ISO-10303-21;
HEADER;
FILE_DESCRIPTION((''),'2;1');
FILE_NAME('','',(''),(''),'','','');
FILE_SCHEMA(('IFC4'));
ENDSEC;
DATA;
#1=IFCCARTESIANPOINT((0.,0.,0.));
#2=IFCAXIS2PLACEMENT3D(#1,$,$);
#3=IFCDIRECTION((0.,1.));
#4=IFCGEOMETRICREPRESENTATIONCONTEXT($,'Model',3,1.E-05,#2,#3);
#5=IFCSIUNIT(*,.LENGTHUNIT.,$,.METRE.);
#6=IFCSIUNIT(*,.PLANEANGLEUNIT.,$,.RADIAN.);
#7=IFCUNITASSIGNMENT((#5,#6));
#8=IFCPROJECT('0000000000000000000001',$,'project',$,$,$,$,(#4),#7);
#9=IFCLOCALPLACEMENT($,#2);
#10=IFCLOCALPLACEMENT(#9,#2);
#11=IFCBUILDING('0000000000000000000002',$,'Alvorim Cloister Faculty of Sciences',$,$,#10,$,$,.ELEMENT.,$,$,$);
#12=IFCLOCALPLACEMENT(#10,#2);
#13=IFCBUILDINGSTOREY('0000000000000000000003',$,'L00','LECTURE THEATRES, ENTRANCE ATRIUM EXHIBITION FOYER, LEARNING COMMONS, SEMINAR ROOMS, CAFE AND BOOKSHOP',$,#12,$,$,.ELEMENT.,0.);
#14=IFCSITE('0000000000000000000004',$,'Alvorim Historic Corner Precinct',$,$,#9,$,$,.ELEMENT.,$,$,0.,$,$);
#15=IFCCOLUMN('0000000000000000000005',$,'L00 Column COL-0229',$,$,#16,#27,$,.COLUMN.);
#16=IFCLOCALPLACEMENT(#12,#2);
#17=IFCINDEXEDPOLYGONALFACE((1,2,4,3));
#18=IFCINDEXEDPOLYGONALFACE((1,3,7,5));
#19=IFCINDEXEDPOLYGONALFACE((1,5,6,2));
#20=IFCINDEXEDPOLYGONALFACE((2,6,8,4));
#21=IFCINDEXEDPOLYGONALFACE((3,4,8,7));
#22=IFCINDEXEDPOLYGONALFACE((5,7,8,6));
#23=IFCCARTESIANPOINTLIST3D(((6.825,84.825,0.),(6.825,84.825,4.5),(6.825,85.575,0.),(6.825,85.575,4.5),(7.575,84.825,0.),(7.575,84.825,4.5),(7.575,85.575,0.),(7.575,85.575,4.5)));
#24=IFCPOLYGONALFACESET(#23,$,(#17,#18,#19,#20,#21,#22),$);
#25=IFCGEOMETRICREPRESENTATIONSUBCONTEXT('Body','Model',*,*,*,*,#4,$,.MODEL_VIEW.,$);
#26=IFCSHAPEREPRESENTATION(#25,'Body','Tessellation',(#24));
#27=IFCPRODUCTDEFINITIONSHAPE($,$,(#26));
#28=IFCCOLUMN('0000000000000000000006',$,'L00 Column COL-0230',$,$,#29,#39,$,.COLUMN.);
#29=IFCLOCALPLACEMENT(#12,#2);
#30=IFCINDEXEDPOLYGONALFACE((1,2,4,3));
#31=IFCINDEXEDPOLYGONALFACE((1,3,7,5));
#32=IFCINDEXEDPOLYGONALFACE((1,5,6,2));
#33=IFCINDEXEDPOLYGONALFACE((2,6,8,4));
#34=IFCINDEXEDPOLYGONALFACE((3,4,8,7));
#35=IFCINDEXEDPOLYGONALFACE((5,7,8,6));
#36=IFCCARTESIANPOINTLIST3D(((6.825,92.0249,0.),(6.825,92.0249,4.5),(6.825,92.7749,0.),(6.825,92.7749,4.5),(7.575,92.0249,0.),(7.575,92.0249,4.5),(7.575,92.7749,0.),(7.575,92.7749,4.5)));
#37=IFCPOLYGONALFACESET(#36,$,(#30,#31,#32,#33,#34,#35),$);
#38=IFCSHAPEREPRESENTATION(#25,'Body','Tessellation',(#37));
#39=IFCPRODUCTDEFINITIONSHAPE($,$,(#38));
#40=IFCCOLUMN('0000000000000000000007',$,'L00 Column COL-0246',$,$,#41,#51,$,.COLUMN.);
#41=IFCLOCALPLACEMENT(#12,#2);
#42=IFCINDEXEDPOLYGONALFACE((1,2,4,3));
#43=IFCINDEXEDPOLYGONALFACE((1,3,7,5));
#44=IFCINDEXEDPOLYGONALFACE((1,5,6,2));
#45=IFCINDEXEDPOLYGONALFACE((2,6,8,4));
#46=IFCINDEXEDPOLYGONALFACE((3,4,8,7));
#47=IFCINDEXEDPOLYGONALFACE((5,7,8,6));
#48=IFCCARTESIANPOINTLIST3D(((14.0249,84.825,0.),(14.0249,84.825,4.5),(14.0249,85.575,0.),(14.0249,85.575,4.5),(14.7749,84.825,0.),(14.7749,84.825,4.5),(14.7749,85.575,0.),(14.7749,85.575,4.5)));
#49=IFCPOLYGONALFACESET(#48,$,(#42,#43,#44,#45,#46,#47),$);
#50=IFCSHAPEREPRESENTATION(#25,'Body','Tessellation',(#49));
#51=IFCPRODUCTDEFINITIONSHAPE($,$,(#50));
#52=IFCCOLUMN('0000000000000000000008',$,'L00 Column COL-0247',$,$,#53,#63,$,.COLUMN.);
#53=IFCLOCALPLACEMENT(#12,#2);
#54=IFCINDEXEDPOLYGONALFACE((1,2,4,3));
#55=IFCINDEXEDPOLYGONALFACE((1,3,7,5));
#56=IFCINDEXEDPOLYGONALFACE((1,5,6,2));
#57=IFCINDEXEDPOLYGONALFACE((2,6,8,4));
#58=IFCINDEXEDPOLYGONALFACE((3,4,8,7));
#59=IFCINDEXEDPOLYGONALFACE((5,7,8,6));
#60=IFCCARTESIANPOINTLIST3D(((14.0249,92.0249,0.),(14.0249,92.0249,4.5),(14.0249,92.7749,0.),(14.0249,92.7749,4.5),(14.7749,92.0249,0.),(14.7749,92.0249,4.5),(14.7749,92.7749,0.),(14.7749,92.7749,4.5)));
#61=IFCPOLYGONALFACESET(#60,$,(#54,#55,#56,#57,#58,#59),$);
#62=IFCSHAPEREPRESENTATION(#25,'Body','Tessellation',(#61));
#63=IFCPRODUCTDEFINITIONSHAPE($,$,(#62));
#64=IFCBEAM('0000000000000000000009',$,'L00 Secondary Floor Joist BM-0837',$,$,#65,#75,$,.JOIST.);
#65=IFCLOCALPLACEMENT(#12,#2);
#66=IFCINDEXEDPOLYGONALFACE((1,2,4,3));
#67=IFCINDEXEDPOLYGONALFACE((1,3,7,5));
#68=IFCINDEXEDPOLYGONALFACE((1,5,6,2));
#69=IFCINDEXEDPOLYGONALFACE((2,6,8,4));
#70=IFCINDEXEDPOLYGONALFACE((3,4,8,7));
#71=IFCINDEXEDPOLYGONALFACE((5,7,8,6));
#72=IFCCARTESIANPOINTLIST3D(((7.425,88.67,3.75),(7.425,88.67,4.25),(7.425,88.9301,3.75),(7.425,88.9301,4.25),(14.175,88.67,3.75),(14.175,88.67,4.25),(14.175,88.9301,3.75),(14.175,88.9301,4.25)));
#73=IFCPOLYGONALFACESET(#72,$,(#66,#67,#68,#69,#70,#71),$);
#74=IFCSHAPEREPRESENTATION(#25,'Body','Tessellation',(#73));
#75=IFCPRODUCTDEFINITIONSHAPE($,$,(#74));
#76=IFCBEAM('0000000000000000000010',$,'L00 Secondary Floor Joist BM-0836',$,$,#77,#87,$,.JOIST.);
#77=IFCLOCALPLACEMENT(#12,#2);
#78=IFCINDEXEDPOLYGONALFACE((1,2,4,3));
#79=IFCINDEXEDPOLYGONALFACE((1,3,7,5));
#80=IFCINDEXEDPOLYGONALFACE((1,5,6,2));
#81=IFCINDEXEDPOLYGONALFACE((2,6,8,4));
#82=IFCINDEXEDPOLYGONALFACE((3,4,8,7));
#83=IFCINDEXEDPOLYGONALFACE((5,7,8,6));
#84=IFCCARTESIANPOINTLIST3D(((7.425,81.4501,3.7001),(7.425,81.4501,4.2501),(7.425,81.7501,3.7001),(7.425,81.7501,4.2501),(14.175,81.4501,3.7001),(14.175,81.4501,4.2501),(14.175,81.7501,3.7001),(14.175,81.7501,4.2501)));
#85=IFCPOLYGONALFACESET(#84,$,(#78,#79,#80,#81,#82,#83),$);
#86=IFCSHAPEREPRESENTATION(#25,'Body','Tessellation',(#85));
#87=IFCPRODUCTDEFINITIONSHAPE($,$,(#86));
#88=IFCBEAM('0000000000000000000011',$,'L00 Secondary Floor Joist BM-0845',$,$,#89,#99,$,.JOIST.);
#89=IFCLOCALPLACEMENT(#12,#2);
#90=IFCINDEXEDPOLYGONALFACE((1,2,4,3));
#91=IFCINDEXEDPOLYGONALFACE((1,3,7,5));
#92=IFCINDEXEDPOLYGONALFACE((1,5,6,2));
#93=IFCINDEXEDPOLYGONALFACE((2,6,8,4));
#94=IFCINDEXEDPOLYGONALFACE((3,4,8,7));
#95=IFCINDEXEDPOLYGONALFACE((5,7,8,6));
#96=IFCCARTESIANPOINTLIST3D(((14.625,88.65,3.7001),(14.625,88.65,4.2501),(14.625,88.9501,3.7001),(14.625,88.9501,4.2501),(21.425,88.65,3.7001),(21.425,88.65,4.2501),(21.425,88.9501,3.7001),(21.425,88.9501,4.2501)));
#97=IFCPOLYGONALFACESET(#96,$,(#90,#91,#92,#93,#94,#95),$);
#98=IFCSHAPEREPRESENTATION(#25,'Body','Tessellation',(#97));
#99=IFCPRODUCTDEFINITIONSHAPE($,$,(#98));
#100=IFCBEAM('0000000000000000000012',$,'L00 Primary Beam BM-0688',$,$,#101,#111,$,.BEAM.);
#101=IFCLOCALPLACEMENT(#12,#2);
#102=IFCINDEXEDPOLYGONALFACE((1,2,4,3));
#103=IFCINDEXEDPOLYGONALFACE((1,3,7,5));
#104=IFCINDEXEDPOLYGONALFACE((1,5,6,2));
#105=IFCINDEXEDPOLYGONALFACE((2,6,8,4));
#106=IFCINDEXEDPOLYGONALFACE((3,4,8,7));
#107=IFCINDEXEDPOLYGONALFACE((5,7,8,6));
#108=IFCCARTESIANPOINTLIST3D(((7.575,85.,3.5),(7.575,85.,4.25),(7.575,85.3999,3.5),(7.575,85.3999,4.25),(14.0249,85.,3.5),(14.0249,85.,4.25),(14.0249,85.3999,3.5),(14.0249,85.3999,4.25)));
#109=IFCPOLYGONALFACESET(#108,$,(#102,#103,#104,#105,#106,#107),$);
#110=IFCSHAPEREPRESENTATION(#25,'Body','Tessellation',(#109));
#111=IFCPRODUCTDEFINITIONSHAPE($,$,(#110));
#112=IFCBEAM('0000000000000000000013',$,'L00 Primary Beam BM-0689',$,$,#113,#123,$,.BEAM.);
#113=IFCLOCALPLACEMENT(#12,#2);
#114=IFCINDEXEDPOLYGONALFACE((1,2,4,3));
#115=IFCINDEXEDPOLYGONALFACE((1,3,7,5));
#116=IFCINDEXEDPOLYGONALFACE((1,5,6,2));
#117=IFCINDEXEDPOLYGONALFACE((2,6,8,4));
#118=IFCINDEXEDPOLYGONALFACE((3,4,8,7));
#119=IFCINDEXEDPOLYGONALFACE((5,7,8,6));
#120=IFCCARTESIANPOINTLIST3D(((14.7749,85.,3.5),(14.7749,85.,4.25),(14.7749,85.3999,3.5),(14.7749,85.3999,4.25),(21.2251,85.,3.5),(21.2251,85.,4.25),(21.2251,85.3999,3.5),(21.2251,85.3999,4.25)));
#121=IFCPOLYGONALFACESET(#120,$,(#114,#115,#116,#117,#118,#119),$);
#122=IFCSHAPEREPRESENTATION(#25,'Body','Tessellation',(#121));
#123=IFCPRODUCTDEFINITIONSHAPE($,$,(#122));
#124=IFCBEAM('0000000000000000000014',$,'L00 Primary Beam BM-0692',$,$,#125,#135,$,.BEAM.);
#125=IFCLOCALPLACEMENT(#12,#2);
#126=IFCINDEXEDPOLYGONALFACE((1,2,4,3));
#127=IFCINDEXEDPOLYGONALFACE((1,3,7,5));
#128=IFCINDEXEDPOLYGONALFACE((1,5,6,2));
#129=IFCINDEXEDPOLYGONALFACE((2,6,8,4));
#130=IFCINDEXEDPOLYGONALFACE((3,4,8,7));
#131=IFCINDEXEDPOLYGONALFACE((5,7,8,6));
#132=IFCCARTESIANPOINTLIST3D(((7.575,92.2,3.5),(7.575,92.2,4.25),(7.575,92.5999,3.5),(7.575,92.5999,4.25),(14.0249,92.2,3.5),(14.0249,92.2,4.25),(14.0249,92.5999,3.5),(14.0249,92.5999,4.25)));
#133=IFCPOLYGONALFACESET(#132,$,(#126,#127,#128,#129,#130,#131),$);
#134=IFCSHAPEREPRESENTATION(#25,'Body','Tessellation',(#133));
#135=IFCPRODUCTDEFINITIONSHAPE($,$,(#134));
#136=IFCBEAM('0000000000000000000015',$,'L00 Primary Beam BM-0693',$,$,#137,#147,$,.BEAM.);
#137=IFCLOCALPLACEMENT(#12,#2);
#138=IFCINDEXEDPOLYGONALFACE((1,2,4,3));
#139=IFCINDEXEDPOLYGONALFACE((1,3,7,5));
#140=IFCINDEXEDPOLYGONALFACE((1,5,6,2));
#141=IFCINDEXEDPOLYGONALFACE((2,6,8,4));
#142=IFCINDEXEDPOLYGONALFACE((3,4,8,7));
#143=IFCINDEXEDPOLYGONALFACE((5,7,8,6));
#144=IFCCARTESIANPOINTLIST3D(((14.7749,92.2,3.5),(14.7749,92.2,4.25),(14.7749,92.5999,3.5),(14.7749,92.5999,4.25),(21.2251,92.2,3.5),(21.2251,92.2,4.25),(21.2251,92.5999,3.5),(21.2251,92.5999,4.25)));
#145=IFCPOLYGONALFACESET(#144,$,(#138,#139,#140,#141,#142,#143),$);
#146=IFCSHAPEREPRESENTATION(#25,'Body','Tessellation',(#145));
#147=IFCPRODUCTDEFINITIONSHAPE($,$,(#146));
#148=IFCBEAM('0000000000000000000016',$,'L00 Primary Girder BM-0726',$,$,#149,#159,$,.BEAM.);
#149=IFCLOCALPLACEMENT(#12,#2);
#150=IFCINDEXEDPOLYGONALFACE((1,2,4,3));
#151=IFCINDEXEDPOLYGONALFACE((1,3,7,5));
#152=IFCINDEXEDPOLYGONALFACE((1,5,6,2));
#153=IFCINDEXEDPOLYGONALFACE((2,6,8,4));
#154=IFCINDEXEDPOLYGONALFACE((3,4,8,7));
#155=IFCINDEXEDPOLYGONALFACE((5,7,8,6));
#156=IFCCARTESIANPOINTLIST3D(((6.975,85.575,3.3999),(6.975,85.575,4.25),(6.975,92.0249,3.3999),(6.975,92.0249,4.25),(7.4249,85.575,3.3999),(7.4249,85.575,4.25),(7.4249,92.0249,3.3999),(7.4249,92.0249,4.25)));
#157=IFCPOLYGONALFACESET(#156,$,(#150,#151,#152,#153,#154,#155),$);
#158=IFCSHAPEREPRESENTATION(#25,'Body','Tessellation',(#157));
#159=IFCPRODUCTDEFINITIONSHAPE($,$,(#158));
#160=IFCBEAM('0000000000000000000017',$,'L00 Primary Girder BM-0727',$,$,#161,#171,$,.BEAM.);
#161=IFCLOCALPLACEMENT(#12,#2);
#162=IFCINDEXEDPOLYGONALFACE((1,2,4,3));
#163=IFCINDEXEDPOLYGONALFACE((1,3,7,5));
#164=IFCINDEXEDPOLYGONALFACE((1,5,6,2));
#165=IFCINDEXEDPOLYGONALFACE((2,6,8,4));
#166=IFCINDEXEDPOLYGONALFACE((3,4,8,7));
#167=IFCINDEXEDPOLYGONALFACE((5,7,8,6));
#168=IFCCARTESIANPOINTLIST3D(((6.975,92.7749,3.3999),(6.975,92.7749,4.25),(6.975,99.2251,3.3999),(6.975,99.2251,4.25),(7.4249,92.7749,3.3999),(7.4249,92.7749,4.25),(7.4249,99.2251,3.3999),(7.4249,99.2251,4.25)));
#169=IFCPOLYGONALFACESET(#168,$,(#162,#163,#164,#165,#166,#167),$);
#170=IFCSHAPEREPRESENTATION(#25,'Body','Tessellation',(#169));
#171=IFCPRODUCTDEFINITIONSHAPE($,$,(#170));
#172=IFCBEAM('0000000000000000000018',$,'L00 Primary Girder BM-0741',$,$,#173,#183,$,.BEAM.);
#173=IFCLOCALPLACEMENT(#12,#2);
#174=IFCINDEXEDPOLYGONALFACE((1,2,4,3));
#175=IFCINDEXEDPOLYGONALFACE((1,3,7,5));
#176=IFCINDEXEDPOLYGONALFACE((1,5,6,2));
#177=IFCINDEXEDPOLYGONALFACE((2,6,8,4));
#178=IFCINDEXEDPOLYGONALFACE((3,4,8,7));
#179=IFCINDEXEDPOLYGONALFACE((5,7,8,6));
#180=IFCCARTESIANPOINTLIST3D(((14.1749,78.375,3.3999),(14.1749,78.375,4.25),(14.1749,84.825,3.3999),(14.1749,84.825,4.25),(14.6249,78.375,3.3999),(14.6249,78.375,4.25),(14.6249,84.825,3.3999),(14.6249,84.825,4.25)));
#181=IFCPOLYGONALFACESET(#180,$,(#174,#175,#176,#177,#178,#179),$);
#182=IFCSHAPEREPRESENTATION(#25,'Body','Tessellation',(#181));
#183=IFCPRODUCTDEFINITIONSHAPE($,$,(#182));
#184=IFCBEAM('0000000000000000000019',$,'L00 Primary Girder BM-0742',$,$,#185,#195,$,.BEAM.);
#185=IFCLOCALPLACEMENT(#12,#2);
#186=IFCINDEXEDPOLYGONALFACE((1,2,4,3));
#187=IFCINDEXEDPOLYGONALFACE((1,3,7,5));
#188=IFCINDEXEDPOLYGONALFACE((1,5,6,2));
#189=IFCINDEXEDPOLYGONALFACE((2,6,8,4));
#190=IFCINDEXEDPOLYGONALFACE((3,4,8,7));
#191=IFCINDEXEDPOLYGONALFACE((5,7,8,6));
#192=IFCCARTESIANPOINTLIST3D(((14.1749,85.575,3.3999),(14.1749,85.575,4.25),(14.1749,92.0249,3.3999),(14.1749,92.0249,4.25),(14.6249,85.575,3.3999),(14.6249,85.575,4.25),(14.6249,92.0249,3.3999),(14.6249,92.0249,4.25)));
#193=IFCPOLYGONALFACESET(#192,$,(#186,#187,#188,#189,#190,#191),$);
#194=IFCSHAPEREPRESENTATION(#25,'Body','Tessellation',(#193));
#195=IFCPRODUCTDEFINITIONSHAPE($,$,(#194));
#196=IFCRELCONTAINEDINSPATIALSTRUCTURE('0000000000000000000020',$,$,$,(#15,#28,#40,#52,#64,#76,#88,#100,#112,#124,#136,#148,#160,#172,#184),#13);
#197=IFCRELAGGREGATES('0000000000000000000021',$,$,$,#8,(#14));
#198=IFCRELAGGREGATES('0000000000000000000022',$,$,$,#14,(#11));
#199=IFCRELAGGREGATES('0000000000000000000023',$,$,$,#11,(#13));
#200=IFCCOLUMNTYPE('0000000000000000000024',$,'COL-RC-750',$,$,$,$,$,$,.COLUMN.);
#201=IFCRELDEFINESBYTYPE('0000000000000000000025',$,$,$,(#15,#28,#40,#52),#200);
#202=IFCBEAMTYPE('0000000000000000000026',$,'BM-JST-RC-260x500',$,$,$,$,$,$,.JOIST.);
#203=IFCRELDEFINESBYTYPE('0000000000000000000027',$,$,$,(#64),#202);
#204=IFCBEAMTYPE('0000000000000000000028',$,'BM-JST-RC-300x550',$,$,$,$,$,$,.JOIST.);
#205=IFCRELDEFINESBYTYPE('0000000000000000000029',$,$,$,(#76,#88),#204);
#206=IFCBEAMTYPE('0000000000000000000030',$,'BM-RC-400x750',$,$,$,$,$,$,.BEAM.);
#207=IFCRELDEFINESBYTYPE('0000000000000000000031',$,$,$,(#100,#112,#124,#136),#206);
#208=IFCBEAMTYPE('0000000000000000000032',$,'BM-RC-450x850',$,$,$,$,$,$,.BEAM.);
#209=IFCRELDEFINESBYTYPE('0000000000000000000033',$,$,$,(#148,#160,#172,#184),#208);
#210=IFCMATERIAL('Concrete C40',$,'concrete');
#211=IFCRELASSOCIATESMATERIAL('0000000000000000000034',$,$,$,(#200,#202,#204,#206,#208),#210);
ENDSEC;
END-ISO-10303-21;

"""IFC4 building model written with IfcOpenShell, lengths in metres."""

from ifc_helpers import new_model, si_unit, direction, frame, origin, origin_2d, place, context, subcontext, project, spatial, rectangle, extrude, material, material_profile, profile_set, type_object, element, save


model = new_model("IFC4")

# Units and contexts
model_context = context("Model", 3, precision=1e-05, world=origin(), true_north=direction((0.0, 1.0)))
body_context = subcontext(model_context, "Body", "Model", "MODEL_VIEW")
ifc_project = project(units=[si_unit("LENGTHUNIT", "METRE"), si_unit("PLANEANGLEUNIT", "RADIAN")], contexts=[model_context])

# Site, building, storey
site_placement = place(None, origin())
site = spatial("IfcSite", under=ifc_project, at=site_placement, Name="Alvorim Historic Corner Precinct", CompositionType="ELEMENT", RefElevation=0.0)
building_placement = place(site_placement, origin())
building = spatial("IfcBuilding", under=site, at=building_placement, Name="Alvorim Cloister Faculty of Sciences", CompositionType="ELEMENT")
storey_placement = place(building_placement, origin())
storey = spatial("IfcBuildingStorey", under=building, at=storey_placement, Name="L00", Description="LECTURE THEATRES, ENTRANCE ATRIUM EXHIBITION FOYER, LEARNING COMMONS, SEMINAR ROOMS, CAFE AND BOOKSHOP", CompositionType="ELEMENT", Elevation=0.0)

# Columns
ifc_material_1 = material(Name="Concrete C40", Category="concrete")
ifc_material_profile_1 = material_profile(ifc_material_1, rectangle(XDim=0.75, YDim=0.75, at=origin_2d()), Name="RC40-COL-750x750")
ifc_profile_set_1 = profile_set([ifc_material_profile_1], Name="Concrete C40")
column_type = type_object("IfcColumnType", Name="COL-RC-750", PredefinedType="COLUMN", material=ifc_profile_set_1)
for number, where, z_axis, x_axis, name in (
    (1, (7.2, 85.2, 0.0), (0.0, 0.0, 1.0), (1.0, 0.0, 0.0), "L00 Column COL-0229"),
    (2, (7.2, 92.3999, 0.0), (0.0, 0.0, 1.0), (1.0, 0.0, 0.0), "L00 Column COL-0230"),
    (3, (14.3999, 85.2, 0.0), (0.0, 0.0, 1.0), (1.0, 0.0, 0.0), "L00 Column COL-0246"),
    (4, (14.3999, 92.3999, 0.0), (0.0, 0.0, 1.0), (1.0, 0.0, 0.0), "L00 Column COL-0247"),
):
    element("IfcColumn", number, at=place(storey_placement, frame(where, z_axis=z_axis, x_axis=x_axis)), inside=storey, type_object=column_type, Name=name, PredefinedType="COLUMN", context=body_context, shape_type="SweptSolid", body=[
        extrude(rectangle(XDim=0.75, YDim=0.75, at=origin_2d()), origin(), (0.0, 0.0, 1.0), 4.5),
    ])

# Beams
ifc_material_profile_2 = material_profile(ifc_material_1, rectangle(XDim=0.26, YDim=0.5, at=origin_2d()), Name="RC40-JST-260x500")
ifc_profile_set_2 = profile_set([ifc_material_profile_2], Name="Concrete C40")
beam_type_1 = type_object("IfcBeamType", Name="BM-JST-RC-260x500", PredefinedType="JOIST", material=ifc_profile_set_2)
beam_1_placement = place(storey_placement, frame((7.425, 88.8, 4.0), z_axis=(1.0, 0.0, 0.0), x_axis=(0.0, 1.0, 0.0)))
element("IfcBeam", 5, at=beam_1_placement, inside=storey, type_object=beam_type_1, Name="L00 Secondary Floor Joist BM-0837", PredefinedType="JOIST", context=body_context, shape_type="SweptSolid", body=[
    extrude(rectangle(XDim=0.26, YDim=0.5, at=origin_2d()), origin(), (0.0, 0.0, 1.0), 6.75),
])
ifc_material_profile_3 = material_profile(ifc_material_1, rectangle(XDim=0.3, YDim=0.55, at=origin_2d()), Name="RC40-JST-300x550")
ifc_profile_set_3 = profile_set([ifc_material_profile_3], Name="Concrete C40")
beam_type_2 = type_object("IfcBeamType", Name="BM-JST-RC-300x550", PredefinedType="JOIST", material=ifc_profile_set_3)
beam_2_placement = place(storey_placement, frame((7.425, 81.6001, 3.9751), z_axis=(1.0, 0.0, 0.0), x_axis=(0.0, 1.0, 0.0)))
element("IfcBeam", 6, at=beam_2_placement, inside=storey, type_object=beam_type_2, Name="L00 Secondary Floor Joist BM-0836", PredefinedType="JOIST", context=body_context, shape_type="SweptSolid", body=[
    extrude(rectangle(XDim=0.3, YDim=0.55, at=origin_2d()), origin(), (0.0, 0.0, 1.0), 6.75),
])
beam_3_placement = place(storey_placement, frame((14.625, 88.8, 3.9751), z_axis=(1.0, 0.0, 0.0), x_axis=(0.0, 1.0, 0.0)))
element("IfcBeam", 7, at=beam_3_placement, inside=storey, type_object=beam_type_2, Name="L00 Secondary Floor Joist BM-0845", PredefinedType="JOIST", context=body_context, shape_type="SweptSolid", body=[
    extrude(rectangle(XDim=0.3, YDim=0.55, at=origin_2d()), origin(), (0.0, 0.0, 1.0), 6.8),
])
ifc_material_profile_4 = material_profile(ifc_material_1, rectangle(XDim=0.3999, YDim=0.75, at=origin_2d()), Name="RC40-BM-400x750")
ifc_profile_set_4 = profile_set([ifc_material_profile_4], Name="Concrete C40")
beam_type_3 = type_object("IfcBeamType", Name="BM-RC-400x750", PredefinedType="BEAM", material=ifc_profile_set_4)
beam_4_placement = place(storey_placement, frame((7.575, 85.2, 3.875), z_axis=(1.0, 0.0, 0.0), x_axis=(0.0, 1.0, 0.0)))
element("IfcBeam", 8, at=beam_4_placement, inside=storey, type_object=beam_type_3, Name="L00 Primary Beam BM-0688", PredefinedType="BEAM", context=body_context, shape_type="SweptSolid", body=[
    extrude(rectangle(XDim=0.3999, YDim=0.75, at=origin_2d()), origin(), (0.0, 0.0, 1.0), 6.45),
])
beam_5_placement = place(storey_placement, frame((14.7749, 85.2, 3.875), z_axis=(1.0, 0.0, 0.0), x_axis=(0.0, 1.0, 0.0)))
element("IfcBeam", 9, at=beam_5_placement, inside=storey, type_object=beam_type_3, Name="L00 Primary Beam BM-0689", PredefinedType="BEAM", context=body_context, shape_type="SweptSolid", body=[
    extrude(rectangle(XDim=0.3999, YDim=0.75, at=origin_2d()), origin(), (0.0, 0.0, 1.0), 6.4502),
])
beam_6_placement = place(storey_placement, frame((7.575, 92.3999, 3.875), z_axis=(1.0, 0.0, 0.0), x_axis=(0.0, 1.0, 0.0)))
element("IfcBeam", 10, at=beam_6_placement, inside=storey, type_object=beam_type_3, Name="L00 Primary Beam BM-0692", PredefinedType="BEAM", context=body_context, shape_type="SweptSolid", body=[
    extrude(rectangle(XDim=0.3999, YDim=0.75, at=origin_2d()), origin(), (0.0, 0.0, 1.0), 6.45),
])
beam_7_placement = place(storey_placement, frame((14.7749, 92.3999, 3.875), z_axis=(1.0, 0.0, 0.0), x_axis=(0.0, 1.0, 0.0)))
element("IfcBeam", 11, at=beam_7_placement, inside=storey, type_object=beam_type_3, Name="L00 Primary Beam BM-0693", PredefinedType="BEAM", context=body_context, shape_type="SweptSolid", body=[
    extrude(rectangle(XDim=0.3999, YDim=0.75, at=origin_2d()), origin(), (0.0, 0.0, 1.0), 6.4502),
])
ifc_material_profile_5 = material_profile(ifc_material_1, rectangle(XDim=0.45, YDim=0.8501, at=origin_2d()), Name="RC40-BM-450x850")
ifc_profile_set_5 = profile_set([ifc_material_profile_5], Name="Concrete C40")
beam_type_4 = type_object("IfcBeamType", Name="BM-RC-450x850", PredefinedType="BEAM", material=ifc_profile_set_5)
beam_8_placement = place(storey_placement, frame((7.2, 85.575, 3.825), z_axis=(0.0, 1.0, 0.0), x_axis=(-1.0, 0.0, 0.0)))
element("IfcBeam", 12, at=beam_8_placement, inside=storey, type_object=beam_type_4, Name="L00 Primary Girder BM-0726", PredefinedType="BEAM", context=body_context, shape_type="SweptSolid", body=[
    extrude(rectangle(XDim=0.45, YDim=0.8501, at=origin_2d()), origin(), (0.0, 0.0, 1.0), 6.45),
])
beam_9_placement = place(storey_placement, frame((7.2, 92.7749, 3.825), z_axis=(0.0, 1.0, 0.0), x_axis=(-1.0, 0.0, 0.0)))
element("IfcBeam", 13, at=beam_9_placement, inside=storey, type_object=beam_type_4, Name="L00 Primary Girder BM-0727", PredefinedType="BEAM", context=body_context, shape_type="SweptSolid", body=[
    extrude(rectangle(XDim=0.45, YDim=0.8501, at=origin_2d()), origin(), (0.0, 0.0, 1.0), 6.4502),
])
for number, where, z_axis, x_axis, name in (
    (14, (14.3999, 78.375, 3.825), (0.0, 1.0, 0.0), (-1.0, 0.0, 0.0), "L00 Primary Girder BM-0741"),
    (15, (14.3999, 85.575, 3.825), (0.0, 1.0, 0.0), (-1.0, 0.0, 0.0), "L00 Primary Girder BM-0742"),
):
    element("IfcBeam", number, at=place(storey_placement, frame(where, z_axis=z_axis, x_axis=x_axis)), inside=storey, type_object=beam_type_4, Name=name, PredefinedType="BEAM", context=body_context, shape_type="SweptSolid", body=[
        extrude(rectangle(XDim=0.45, YDim=0.8501, at=origin_2d()), origin(), (0.0, 0.0, 1.0), 6.45),
    ])

save(model, "model.ifc")
